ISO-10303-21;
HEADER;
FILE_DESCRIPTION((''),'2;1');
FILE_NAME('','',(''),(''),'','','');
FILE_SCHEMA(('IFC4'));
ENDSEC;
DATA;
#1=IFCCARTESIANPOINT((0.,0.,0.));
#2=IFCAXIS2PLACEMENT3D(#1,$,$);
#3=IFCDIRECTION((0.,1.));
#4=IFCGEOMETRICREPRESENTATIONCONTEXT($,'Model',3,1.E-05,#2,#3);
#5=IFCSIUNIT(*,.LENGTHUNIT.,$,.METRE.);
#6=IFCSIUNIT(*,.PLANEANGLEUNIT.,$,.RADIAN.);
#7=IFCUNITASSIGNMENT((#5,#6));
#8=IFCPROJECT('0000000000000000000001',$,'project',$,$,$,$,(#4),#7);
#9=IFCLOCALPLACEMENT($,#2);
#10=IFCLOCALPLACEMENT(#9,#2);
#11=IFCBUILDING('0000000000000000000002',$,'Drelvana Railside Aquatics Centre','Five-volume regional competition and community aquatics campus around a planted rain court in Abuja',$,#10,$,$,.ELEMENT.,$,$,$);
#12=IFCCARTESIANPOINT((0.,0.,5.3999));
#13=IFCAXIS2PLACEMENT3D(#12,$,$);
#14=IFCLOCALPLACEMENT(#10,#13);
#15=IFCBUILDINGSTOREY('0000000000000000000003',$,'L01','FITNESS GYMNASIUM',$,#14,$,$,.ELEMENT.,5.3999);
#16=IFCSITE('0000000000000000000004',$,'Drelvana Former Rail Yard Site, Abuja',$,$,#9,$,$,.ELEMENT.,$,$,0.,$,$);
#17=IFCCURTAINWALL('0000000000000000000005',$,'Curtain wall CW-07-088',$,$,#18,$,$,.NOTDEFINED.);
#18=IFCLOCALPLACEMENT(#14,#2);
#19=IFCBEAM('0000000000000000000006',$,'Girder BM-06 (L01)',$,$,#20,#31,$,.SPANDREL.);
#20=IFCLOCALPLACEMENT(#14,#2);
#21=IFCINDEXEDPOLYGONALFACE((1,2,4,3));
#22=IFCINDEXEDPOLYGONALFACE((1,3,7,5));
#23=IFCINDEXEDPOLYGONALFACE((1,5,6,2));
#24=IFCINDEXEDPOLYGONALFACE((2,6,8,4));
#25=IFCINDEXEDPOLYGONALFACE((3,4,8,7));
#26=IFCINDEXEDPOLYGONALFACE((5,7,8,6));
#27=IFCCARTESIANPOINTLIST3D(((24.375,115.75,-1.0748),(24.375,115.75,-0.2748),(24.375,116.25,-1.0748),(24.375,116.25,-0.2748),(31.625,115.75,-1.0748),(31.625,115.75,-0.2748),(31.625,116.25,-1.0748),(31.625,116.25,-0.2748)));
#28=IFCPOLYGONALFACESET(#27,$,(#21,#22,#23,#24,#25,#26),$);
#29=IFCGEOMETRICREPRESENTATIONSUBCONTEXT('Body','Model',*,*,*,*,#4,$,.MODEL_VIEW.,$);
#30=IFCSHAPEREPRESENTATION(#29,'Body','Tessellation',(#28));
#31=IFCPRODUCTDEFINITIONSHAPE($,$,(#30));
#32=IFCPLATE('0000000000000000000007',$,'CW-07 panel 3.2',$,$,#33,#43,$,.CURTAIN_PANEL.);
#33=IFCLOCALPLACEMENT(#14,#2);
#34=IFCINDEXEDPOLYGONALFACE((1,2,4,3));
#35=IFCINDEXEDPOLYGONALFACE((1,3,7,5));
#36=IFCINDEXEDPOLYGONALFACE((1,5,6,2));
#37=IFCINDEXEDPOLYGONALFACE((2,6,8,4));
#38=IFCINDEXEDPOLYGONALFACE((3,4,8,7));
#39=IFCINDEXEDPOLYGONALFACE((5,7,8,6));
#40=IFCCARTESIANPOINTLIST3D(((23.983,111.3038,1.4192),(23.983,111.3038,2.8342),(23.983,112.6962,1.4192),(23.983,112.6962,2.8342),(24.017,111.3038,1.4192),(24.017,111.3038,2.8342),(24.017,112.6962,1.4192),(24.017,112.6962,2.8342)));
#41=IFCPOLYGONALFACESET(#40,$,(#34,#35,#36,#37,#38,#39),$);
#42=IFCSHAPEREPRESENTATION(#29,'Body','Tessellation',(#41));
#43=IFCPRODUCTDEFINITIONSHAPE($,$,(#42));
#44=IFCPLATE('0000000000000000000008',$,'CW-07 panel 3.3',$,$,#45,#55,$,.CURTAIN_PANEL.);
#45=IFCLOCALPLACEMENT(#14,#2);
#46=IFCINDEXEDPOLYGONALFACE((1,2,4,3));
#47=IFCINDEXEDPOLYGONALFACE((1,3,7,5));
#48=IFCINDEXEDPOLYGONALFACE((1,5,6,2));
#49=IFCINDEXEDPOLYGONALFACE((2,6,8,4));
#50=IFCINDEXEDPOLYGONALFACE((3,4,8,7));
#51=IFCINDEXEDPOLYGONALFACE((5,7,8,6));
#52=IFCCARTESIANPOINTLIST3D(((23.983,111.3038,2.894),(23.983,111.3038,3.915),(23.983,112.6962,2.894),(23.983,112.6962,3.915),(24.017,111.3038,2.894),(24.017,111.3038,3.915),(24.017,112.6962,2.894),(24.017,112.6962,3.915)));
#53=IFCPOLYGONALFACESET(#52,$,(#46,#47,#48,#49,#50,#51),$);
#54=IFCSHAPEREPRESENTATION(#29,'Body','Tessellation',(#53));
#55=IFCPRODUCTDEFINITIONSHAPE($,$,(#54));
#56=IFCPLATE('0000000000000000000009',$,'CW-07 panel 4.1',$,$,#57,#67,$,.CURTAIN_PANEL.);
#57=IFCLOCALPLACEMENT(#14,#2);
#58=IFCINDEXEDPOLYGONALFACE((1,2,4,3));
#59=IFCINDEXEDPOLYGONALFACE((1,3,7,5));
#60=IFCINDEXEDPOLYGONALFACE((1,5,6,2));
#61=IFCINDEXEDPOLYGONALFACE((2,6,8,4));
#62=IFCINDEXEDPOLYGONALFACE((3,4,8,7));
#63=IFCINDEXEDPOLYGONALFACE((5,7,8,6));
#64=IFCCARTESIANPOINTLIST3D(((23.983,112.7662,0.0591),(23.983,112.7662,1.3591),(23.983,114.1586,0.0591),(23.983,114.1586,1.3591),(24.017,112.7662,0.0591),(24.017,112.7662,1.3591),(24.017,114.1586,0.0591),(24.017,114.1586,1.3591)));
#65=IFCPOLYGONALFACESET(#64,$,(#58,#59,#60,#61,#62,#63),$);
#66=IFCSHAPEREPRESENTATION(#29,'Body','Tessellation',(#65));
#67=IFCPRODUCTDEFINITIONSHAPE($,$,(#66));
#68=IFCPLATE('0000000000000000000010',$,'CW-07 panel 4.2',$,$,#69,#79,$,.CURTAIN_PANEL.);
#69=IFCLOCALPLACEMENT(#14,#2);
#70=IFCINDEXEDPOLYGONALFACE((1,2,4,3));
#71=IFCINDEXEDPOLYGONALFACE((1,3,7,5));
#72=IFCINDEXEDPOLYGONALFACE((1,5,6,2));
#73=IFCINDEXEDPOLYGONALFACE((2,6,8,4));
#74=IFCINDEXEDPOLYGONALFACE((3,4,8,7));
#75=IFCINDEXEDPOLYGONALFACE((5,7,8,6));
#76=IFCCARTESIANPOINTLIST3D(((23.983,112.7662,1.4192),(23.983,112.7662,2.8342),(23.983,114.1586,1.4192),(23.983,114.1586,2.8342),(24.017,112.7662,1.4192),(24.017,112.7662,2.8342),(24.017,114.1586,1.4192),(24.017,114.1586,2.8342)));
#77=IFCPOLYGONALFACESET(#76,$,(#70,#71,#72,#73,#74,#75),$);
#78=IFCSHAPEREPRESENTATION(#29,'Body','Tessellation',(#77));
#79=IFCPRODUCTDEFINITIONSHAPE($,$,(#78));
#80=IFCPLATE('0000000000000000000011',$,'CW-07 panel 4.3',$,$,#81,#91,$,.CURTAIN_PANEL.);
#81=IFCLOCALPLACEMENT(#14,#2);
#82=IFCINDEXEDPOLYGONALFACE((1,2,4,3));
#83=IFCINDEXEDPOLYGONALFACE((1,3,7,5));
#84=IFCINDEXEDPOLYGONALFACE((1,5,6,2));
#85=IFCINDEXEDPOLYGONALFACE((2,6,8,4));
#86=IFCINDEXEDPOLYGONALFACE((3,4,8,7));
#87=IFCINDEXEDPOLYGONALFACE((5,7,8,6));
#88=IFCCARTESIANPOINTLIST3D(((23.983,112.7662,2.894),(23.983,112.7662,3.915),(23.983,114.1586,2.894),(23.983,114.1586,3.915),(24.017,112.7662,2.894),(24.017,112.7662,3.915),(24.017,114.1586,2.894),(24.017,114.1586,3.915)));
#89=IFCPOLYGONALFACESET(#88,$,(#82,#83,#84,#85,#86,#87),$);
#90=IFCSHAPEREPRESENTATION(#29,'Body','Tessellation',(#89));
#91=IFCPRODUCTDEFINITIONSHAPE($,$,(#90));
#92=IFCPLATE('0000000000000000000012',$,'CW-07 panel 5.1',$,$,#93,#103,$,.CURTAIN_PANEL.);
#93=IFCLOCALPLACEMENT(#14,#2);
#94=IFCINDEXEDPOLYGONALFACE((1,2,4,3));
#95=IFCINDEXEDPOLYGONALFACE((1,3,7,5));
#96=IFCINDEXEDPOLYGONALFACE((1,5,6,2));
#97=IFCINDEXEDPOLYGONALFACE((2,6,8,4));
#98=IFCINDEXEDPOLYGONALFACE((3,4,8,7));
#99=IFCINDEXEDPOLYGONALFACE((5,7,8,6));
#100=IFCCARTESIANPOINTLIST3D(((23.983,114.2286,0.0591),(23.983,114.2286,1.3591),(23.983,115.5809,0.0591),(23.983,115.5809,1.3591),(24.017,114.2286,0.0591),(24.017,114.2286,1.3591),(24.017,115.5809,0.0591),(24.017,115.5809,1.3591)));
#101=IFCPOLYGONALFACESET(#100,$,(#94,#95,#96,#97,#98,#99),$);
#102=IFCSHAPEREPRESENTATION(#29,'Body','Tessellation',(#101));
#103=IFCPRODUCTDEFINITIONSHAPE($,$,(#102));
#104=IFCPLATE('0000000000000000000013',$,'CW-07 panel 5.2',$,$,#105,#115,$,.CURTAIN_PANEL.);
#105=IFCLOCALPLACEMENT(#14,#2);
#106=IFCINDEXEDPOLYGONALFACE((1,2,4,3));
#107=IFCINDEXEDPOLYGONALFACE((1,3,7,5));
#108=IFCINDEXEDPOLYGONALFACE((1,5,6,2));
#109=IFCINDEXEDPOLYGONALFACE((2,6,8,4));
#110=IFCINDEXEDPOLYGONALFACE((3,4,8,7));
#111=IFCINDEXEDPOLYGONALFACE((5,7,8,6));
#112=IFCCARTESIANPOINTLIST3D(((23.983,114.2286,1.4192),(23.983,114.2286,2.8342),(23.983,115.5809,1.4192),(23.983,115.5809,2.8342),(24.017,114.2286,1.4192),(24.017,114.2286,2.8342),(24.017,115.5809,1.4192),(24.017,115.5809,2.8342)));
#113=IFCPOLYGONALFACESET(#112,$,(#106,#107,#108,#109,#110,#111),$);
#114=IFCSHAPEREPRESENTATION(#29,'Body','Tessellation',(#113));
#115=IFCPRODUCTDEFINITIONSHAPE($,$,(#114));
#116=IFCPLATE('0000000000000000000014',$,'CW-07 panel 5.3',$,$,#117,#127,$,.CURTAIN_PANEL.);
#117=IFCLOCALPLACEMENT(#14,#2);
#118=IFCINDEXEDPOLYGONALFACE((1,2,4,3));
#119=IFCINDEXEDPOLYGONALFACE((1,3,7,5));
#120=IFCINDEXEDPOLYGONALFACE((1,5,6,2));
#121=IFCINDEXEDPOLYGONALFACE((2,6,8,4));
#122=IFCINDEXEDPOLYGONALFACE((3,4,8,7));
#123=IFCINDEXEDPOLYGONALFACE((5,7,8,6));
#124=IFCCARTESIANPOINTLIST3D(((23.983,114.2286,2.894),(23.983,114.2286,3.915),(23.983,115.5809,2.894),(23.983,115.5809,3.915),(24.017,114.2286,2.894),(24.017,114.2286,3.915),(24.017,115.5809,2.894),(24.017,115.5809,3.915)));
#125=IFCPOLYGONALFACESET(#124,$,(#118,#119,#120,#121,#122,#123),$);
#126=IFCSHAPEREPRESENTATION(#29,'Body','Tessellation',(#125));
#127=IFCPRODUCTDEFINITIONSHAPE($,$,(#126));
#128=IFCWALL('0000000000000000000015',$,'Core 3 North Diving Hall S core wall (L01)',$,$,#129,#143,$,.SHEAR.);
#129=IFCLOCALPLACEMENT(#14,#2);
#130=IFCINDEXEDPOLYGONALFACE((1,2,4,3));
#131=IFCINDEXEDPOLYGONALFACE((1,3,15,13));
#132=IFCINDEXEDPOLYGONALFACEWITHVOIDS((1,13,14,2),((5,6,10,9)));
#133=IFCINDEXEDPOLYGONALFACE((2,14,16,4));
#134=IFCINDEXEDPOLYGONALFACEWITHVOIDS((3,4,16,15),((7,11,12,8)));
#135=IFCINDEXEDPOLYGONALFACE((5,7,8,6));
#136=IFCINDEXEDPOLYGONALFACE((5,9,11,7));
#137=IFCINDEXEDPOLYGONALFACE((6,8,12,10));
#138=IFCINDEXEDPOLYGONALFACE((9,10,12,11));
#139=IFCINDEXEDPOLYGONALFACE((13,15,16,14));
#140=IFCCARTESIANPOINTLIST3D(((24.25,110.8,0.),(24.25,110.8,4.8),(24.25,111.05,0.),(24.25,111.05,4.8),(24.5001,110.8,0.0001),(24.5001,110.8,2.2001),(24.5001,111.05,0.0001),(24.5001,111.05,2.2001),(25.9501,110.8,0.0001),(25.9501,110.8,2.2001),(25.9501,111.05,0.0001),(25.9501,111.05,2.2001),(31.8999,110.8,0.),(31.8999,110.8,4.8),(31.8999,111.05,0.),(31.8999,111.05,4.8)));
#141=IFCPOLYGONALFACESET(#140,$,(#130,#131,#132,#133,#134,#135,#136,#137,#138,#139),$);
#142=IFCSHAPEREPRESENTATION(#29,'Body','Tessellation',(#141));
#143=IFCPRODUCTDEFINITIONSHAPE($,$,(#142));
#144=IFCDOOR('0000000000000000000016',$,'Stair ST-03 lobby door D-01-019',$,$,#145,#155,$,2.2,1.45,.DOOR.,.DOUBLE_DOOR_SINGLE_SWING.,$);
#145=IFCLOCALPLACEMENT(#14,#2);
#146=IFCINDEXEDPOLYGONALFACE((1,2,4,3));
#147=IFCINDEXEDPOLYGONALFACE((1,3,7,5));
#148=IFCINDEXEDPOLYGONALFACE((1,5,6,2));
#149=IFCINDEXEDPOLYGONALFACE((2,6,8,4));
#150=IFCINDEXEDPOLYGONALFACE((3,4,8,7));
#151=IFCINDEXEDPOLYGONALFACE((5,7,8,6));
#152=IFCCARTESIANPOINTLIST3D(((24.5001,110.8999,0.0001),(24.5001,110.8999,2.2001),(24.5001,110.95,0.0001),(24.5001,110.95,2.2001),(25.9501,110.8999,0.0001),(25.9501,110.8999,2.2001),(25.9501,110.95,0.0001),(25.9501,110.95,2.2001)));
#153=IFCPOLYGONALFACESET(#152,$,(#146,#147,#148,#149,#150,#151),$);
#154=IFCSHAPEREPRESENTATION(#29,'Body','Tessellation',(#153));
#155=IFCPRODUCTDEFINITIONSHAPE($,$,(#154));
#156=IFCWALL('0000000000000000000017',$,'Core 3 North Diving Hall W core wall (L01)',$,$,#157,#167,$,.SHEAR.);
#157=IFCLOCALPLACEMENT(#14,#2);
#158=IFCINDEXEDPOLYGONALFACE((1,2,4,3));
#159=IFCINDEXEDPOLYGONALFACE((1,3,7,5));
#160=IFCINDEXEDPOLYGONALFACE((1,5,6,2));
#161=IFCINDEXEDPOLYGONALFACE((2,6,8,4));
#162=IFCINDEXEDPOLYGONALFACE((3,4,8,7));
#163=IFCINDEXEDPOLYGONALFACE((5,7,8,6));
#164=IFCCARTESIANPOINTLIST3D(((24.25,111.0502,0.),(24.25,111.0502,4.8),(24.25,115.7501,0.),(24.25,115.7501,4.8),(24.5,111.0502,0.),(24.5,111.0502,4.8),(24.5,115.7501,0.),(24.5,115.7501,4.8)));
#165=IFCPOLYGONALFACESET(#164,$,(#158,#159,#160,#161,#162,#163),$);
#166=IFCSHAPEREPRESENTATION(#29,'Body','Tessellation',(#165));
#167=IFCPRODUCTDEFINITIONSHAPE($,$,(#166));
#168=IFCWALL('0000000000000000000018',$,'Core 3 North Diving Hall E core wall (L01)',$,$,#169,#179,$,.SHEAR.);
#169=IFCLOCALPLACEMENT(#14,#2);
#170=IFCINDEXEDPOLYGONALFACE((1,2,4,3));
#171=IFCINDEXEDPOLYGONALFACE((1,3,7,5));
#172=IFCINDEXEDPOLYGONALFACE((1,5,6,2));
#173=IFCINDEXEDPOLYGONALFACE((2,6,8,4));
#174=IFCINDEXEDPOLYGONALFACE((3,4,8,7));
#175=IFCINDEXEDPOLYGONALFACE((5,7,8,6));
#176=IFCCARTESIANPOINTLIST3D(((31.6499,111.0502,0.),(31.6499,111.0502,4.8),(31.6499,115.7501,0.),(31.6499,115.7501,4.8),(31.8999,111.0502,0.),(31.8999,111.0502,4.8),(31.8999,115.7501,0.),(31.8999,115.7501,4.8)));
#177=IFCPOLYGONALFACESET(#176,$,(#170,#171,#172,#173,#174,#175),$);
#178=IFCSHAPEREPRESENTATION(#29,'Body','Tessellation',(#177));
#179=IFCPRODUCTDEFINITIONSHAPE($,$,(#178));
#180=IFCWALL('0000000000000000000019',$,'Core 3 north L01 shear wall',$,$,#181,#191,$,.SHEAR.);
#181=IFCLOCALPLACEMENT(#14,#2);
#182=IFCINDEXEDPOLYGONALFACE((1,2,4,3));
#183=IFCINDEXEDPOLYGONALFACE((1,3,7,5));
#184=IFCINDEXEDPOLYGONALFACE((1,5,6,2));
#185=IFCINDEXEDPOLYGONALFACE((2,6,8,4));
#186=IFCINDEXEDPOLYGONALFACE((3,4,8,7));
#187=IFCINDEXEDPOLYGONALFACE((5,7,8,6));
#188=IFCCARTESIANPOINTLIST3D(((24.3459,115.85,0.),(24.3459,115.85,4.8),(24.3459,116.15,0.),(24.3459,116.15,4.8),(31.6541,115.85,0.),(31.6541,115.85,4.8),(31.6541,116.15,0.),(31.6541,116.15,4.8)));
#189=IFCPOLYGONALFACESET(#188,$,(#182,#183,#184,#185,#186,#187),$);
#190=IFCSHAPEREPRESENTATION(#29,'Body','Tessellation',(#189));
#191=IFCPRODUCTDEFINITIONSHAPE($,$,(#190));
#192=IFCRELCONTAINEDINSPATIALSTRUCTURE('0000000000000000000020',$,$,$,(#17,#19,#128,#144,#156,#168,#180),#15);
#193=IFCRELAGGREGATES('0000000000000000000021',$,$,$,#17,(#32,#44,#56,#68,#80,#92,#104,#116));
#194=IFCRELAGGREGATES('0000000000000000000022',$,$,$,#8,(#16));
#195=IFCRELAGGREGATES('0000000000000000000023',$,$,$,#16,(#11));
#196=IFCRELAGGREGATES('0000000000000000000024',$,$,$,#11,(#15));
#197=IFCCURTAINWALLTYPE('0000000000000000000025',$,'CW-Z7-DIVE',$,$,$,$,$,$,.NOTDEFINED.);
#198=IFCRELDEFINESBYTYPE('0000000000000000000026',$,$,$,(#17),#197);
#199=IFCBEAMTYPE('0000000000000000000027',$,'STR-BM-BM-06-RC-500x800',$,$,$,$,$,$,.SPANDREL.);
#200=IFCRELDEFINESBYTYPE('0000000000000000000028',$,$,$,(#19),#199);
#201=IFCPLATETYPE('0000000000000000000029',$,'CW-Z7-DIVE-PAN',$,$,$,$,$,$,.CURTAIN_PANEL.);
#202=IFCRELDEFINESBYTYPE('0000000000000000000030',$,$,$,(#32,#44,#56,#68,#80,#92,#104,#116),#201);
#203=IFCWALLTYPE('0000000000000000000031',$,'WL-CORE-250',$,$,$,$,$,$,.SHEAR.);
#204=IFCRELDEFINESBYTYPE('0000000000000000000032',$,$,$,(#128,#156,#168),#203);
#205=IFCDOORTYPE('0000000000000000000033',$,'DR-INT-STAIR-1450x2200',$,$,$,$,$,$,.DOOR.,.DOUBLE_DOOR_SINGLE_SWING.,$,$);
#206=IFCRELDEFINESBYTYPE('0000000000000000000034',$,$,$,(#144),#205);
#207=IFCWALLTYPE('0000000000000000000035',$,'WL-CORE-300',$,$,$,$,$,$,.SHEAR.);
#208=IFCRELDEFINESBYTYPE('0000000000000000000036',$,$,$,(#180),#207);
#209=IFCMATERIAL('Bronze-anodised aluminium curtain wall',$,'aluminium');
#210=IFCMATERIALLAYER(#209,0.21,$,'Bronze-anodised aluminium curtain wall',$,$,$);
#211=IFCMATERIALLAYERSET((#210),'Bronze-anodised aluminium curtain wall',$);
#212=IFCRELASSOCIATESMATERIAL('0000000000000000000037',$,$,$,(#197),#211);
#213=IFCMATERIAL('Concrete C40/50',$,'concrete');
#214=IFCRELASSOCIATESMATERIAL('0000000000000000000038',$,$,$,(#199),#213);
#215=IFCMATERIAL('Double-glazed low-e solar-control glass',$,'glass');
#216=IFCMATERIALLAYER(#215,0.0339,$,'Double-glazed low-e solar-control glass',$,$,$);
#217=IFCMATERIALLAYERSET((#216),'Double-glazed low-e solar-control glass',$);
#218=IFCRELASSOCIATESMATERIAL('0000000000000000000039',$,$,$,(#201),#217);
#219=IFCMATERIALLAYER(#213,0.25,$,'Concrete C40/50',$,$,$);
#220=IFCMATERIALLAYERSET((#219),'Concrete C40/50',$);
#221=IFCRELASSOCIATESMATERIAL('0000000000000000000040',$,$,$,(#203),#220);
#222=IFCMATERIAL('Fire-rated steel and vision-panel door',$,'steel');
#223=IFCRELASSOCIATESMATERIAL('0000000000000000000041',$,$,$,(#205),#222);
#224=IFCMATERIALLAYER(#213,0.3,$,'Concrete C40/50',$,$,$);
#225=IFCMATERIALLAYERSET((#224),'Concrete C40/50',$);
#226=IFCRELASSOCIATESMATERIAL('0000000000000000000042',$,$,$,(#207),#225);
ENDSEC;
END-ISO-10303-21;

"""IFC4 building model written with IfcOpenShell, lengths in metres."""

from ifc_helpers import new_model, si_unit, direction, frame, frame_2d, origin, origin_2d, place, context, subcontext, project, spatial, rectangle, extrude, material, layer, layer_set, material_profile, profile_set, type_object, element, fill, aggregate, save


model = new_model("IFC4")

# Units and contexts
model_context = context("Model", 3, precision=1e-05, world=origin(), true_north=direction((0.0, 1.0)))
body_context = subcontext(model_context, "Body", "Model", "MODEL_VIEW")
ifc_project = project(units=[si_unit("LENGTHUNIT", "METRE"), si_unit("PLANEANGLEUNIT", "RADIAN")], contexts=[model_context])

# Site, building, storey
site_placement = place(None, origin())
site = spatial("IfcSite", under=ifc_project, at=site_placement, Name="Drelvana Former Rail Yard Site, Abuja", CompositionType="ELEMENT", RefElevation=0.0)
building_placement = place(site_placement, origin())
building = spatial("IfcBuilding", under=site, at=building_placement, Name="Drelvana Railside Aquatics Centre", Description="Five-volume regional competition and community aquatics campus around a planted rain court in Abuja", CompositionType="ELEMENT")
storey_placement = place(building_placement, frame((0.0, 0.0, 5.3999)))
storey = spatial("IfcBuildingStorey", under=building, at=storey_placement, Name="L01", Description="FITNESS GYMNASIUM", CompositionType="ELEMENT", Elevation=5.3999)

# Shared definitions
ifc_material_1 = material(Name="Concrete C40/50", Category="concrete")

# Curtain wall
ifc_material_2 = material(Name="Bronze-anodised aluminium curtain wall", Category="aluminium")
ifc_layer_1 = layer(ifc_material_2, 0.21, Name="Bronze-anodised aluminium curtain wall")
ifc_layer_set_1 = layer_set([ifc_layer_1], Name="Bronze-anodised aluminium curtain wall")
curtain_wall_type = type_object("IfcCurtainWallType", Name="CW-Z7-DIVE", PredefinedType="NOTDEFINED", material=ifc_layer_set_1)
curtain_wall_placement = place(storey_placement, origin())
curtain_wall = element("IfcCurtainWall", 1, at=curtain_wall_placement, inside=storey, type_object=curtain_wall_type, Name="Curtain wall CW-07-088", PredefinedType="NOTDEFINED")

# Beam
ifc_material_profile_1 = material_profile(ifc_material_1, rectangle(XDim=0.5, YDim=0.8, at=origin_2d()), Name="RC 500x800")
ifc_profile_set_1 = profile_set([ifc_material_profile_1], Name="Concrete C40/50")
beam_type_1 = type_object("IfcBeamType", Name="STR-BM-BM-06-RC-500x800", PredefinedType="SPANDREL", material=ifc_profile_set_1)
beam_placement = place(storey_placement, frame((24.375, 116.0, -0.6748), z_axis=(1.0, 0.0, 0.0), x_axis=(0.0, 1.0, 0.0)))
element("IfcBeam", 2, at=beam_placement, inside=storey, type_object=beam_type_1, Name="Girder BM-06 (L01)", PredefinedType="SPANDREL", context=body_context, shape_type="SweptSolid", body=[
    extrude(rectangle(XDim=0.5, YDim=0.8, at=origin_2d()), origin(), (0.0, 0.0, 1.0), 7.25),
])

# Plates
ifc_material_3 = material(Name="Double-glazed low-e solar-control glass", Category="glass")
ifc_layer_2 = layer(ifc_material_3, 0.0339, Name="Double-glazed low-e solar-control glass")
ifc_layer_set_2 = layer_set([ifc_layer_2], Name="Double-glazed low-e solar-control glass")
plate_type = type_object("IfcPlateType", Name="CW-Z7-DIVE-PAN", PredefinedType="CURTAIN_PANEL", material=ifc_layer_set_2)
plate_1_placement = place(storey_placement, frame((24.0, 112.0, 1.4192), z_axis=(0.0, 0.0, 1.0), x_axis=(0.0, 1.0, 0.0)))
plate_1 = element("IfcPlate", 3, at=plate_1_placement, type_object=plate_type, Name="CW-07 panel 3.2", PredefinedType="CURTAIN_PANEL", context=body_context, shape_type="SweptSolid", body=[
    extrude(rectangle(XDim=1.3923, YDim=0.0339, at=origin_2d()), origin(), (0.0, 0.0, 1.0), 1.415),
])
plate_2_placement = place(storey_placement, frame((24.0, 112.0, 2.894), z_axis=(0.0, 0.0, 1.0), x_axis=(0.0, 1.0, 0.0)))
plate_2 = element("IfcPlate", 4, at=plate_2_placement, type_object=plate_type, Name="CW-07 panel 3.3", PredefinedType="CURTAIN_PANEL", context=body_context, shape_type="SweptSolid", body=[
    extrude(rectangle(XDim=1.3923, YDim=0.0339, at=origin_2d()), origin(), (0.0, 0.0, 1.0), 1.021),
])
plate_3_placement = place(storey_placement, frame((24.0, 113.4624, 0.0591), z_axis=(0.0, 0.0, 1.0), x_axis=(0.0, 1.0, 0.0)))
plate_3 = element("IfcPlate", 5, at=plate_3_placement, type_object=plate_type, Name="CW-07 panel 4.1", PredefinedType="CURTAIN_PANEL", context=body_context, shape_type="SweptSolid", body=[
    extrude(rectangle(XDim=1.3923, YDim=0.0339, at=origin_2d()), origin(), (0.0, 0.0, 1.0), 1.3),
])
plate_4_placement = place(storey_placement, frame((24.0, 113.4624, 1.4192), z_axis=(0.0, 0.0, 1.0), x_axis=(0.0, 1.0, 0.0)))
plate_4 = element("IfcPlate", 6, at=plate_4_placement, type_object=plate_type, Name="CW-07 panel 4.2", PredefinedType="CURTAIN_PANEL", context=body_context, shape_type="SweptSolid", body=[
    extrude(rectangle(XDim=1.3923, YDim=0.0339, at=origin_2d()), origin(), (0.0, 0.0, 1.0), 1.415),
])
plate_5_placement = place(storey_placement, frame((24.0, 113.4624, 2.894), z_axis=(0.0, 0.0, 1.0), x_axis=(0.0, 1.0, 0.0)))
plate_5 = element("IfcPlate", 7, at=plate_5_placement, type_object=plate_type, Name="CW-07 panel 4.3", PredefinedType="CURTAIN_PANEL", context=body_context, shape_type="SweptSolid", body=[
    extrude(rectangle(XDim=1.3923, YDim=0.0339, at=origin_2d()), origin(), (0.0, 0.0, 1.0), 1.021),
])
plate_6_placement = place(storey_placement, frame((24.0, 114.9048, 0.0591), z_axis=(0.0, 0.0, 1.0), x_axis=(0.0, 1.0, 0.0)))
plate_6 = element("IfcPlate", 8, at=plate_6_placement, type_object=plate_type, Name="CW-07 panel 5.1", PredefinedType="CURTAIN_PANEL", context=body_context, shape_type="SweptSolid", body=[
    extrude(rectangle(XDim=1.3523, YDim=0.0339, at=origin_2d()), origin(), (0.0, 0.0, 1.0), 1.3),
])
plate_7_placement = place(storey_placement, frame((24.0, 114.9048, 1.4192), z_axis=(0.0, 0.0, 1.0), x_axis=(0.0, 1.0, 0.0)))
plate_7 = element("IfcPlate", 9, at=plate_7_placement, type_object=plate_type, Name="CW-07 panel 5.2", PredefinedType="CURTAIN_PANEL", context=body_context, shape_type="SweptSolid", body=[
    extrude(rectangle(XDim=1.3523, YDim=0.0339, at=origin_2d()), origin(), (0.0, 0.0, 1.0), 1.415),
])
plate_8_placement = place(storey_placement, frame((24.0, 114.9048, 2.894), z_axis=(0.0, 0.0, 1.0), x_axis=(0.0, 1.0, 0.0)))
plate_8 = element("IfcPlate", 10, at=plate_8_placement, type_object=plate_type, Name="CW-07 panel 5.3", PredefinedType="CURTAIN_PANEL", context=body_context, shape_type="SweptSolid", body=[
    extrude(rectangle(XDim=1.3523, YDim=0.0339, at=origin_2d()), origin(), (0.0, 0.0, 1.0), 1.021),
])
aggregate(curtain_wall, [plate_1, plate_2, plate_3, plate_4, plate_5, plate_6, plate_7, plate_8])

# Wall, opening, door
ifc_layer_3 = layer(ifc_material_1, 0.25, Name="Concrete C40/50")
ifc_layer_set_3 = layer_set([ifc_layer_3], Name="Concrete C40/50")
wall_type_1 = type_object("IfcWallType", Name="WL-CORE-250", PredefinedType="SHEAR", material=ifc_layer_set_3)
wall_1_placement = place(storey_placement, frame((24.25, 110.925, 0.0), z_axis=(0.0, 0.0, 1.0), x_axis=(1.0, 0.0, 0.0)))
wall_1 = element("IfcWall", 11, at=wall_1_placement, inside=storey, type_object=wall_type_1, Name="Core 3 North Diving Hall S core wall (L01)", PredefinedType="SHEAR", context=body_context, shape_type="SweptSolid", body=[
    extrude(rectangle(XDim=7.6499, YDim=0.25, at=frame_2d((3.825, 0.0))), origin(), (0.0, 0.0, 1.0), 4.8),
])
opening_placement = place(wall_1_placement, frame((0.25, 0.0, 0.0)))
opening = element("IfcOpeningElement", 12, at=opening_placement, cuts=wall_1, PredefinedType="OPENING", context=body_context, shape_type="SweptSolid", body=[
    extrude(rectangle(XDim=1.45, YDim=2.2, at=frame_2d((0.7251, 1.1001))), frame((0.0, 0.135, 0.0), z_axis=(0.0, -1.0, 0.0), x_axis=(1.0, 0.0, 0.0)), (0.0, 0.0, 1.0), 0.27),
])
ifc_material_4 = material(Name="Fire-rated steel and vision-panel door", Category="steel")
door_type = type_object("IfcDoorType", Name="DR-INT-STAIR-1450x2200", OperationType="DOUBLE_DOOR_SINGLE_SWING", PredefinedType="DOOR", material=ifc_material_4)
door_placement = place(opening_placement, origin())
door = element("IfcDoor", 13, at=door_placement, inside=storey, type_object=door_type, Name="Stair ST-03 lobby door D-01-019", OperationType="DOUBLE_DOOR_SINGLE_SWING", OverallHeight=2.2, OverallWidth=1.45, PredefinedType="DOOR", context=body_context, shape_type="SweptSolid", body=[
    extrude(rectangle(XDim=1.45, YDim=2.2, at=frame_2d((0.7251, 1.1001))), frame((0.0, 0.0249, 0.0), z_axis=(0.0, -1.0, 0.0), x_axis=(1.0, 0.0, 0.0)), (0.0, 0.0, 1.0), 0.05),
])
fill(opening, door)

# Walls
for number, where, z_axis, x_axis, name in (
    (14, (24.375, 111.05, 0.0), (0.0, 0.0, 1.0), (0.0, 1.0, 0.0), "Core 3 North Diving Hall W core wall (L01)"),
    (15, (31.7749, 111.05, 0.0), (0.0, 0.0, 1.0), (0.0, 1.0, 0.0), "Core 3 North Diving Hall E core wall (L01)"),
):
    element("IfcWall", number, at=place(storey_placement, frame(where, z_axis=z_axis, x_axis=x_axis)), inside=storey, type_object=wall_type_1, Name=name, PredefinedType="SHEAR", context=body_context, shape_type="SweptSolid", body=[
        extrude(rectangle(XDim=4.7, YDim=0.25, at=frame_2d((2.3501, 0.0))), origin(), (0.0, 0.0, 1.0), 4.8),
    ])
ifc_layer_4 = layer(ifc_material_1, 0.3, Name="Concrete C40/50")
ifc_layer_set_4 = layer_set([ifc_layer_4], Name="Concrete C40/50")
wall_type_2 = type_object("IfcWallType", Name="WL-CORE-300", PredefinedType="SHEAR", material=ifc_layer_set_4)
wall_2_placement = place(storey_placement, frame((24.3459, 116.0, 0.0), z_axis=(0.0, 0.0, 1.0), x_axis=(1.0, 0.0, 0.0)))
element("IfcWall", 16, at=wall_2_placement, inside=storey, type_object=wall_type_2, Name="Core 3 north L01 shear wall", PredefinedType="SHEAR", context=body_context, shape_type="SweptSolid", body=[
    extrude(rectangle(XDim=7.3081, YDim=0.3, at=frame_2d((3.6541, 0.0))), origin(), (0.0, 0.0, 1.0), 4.8),
])

save(model, "model.ifc")
